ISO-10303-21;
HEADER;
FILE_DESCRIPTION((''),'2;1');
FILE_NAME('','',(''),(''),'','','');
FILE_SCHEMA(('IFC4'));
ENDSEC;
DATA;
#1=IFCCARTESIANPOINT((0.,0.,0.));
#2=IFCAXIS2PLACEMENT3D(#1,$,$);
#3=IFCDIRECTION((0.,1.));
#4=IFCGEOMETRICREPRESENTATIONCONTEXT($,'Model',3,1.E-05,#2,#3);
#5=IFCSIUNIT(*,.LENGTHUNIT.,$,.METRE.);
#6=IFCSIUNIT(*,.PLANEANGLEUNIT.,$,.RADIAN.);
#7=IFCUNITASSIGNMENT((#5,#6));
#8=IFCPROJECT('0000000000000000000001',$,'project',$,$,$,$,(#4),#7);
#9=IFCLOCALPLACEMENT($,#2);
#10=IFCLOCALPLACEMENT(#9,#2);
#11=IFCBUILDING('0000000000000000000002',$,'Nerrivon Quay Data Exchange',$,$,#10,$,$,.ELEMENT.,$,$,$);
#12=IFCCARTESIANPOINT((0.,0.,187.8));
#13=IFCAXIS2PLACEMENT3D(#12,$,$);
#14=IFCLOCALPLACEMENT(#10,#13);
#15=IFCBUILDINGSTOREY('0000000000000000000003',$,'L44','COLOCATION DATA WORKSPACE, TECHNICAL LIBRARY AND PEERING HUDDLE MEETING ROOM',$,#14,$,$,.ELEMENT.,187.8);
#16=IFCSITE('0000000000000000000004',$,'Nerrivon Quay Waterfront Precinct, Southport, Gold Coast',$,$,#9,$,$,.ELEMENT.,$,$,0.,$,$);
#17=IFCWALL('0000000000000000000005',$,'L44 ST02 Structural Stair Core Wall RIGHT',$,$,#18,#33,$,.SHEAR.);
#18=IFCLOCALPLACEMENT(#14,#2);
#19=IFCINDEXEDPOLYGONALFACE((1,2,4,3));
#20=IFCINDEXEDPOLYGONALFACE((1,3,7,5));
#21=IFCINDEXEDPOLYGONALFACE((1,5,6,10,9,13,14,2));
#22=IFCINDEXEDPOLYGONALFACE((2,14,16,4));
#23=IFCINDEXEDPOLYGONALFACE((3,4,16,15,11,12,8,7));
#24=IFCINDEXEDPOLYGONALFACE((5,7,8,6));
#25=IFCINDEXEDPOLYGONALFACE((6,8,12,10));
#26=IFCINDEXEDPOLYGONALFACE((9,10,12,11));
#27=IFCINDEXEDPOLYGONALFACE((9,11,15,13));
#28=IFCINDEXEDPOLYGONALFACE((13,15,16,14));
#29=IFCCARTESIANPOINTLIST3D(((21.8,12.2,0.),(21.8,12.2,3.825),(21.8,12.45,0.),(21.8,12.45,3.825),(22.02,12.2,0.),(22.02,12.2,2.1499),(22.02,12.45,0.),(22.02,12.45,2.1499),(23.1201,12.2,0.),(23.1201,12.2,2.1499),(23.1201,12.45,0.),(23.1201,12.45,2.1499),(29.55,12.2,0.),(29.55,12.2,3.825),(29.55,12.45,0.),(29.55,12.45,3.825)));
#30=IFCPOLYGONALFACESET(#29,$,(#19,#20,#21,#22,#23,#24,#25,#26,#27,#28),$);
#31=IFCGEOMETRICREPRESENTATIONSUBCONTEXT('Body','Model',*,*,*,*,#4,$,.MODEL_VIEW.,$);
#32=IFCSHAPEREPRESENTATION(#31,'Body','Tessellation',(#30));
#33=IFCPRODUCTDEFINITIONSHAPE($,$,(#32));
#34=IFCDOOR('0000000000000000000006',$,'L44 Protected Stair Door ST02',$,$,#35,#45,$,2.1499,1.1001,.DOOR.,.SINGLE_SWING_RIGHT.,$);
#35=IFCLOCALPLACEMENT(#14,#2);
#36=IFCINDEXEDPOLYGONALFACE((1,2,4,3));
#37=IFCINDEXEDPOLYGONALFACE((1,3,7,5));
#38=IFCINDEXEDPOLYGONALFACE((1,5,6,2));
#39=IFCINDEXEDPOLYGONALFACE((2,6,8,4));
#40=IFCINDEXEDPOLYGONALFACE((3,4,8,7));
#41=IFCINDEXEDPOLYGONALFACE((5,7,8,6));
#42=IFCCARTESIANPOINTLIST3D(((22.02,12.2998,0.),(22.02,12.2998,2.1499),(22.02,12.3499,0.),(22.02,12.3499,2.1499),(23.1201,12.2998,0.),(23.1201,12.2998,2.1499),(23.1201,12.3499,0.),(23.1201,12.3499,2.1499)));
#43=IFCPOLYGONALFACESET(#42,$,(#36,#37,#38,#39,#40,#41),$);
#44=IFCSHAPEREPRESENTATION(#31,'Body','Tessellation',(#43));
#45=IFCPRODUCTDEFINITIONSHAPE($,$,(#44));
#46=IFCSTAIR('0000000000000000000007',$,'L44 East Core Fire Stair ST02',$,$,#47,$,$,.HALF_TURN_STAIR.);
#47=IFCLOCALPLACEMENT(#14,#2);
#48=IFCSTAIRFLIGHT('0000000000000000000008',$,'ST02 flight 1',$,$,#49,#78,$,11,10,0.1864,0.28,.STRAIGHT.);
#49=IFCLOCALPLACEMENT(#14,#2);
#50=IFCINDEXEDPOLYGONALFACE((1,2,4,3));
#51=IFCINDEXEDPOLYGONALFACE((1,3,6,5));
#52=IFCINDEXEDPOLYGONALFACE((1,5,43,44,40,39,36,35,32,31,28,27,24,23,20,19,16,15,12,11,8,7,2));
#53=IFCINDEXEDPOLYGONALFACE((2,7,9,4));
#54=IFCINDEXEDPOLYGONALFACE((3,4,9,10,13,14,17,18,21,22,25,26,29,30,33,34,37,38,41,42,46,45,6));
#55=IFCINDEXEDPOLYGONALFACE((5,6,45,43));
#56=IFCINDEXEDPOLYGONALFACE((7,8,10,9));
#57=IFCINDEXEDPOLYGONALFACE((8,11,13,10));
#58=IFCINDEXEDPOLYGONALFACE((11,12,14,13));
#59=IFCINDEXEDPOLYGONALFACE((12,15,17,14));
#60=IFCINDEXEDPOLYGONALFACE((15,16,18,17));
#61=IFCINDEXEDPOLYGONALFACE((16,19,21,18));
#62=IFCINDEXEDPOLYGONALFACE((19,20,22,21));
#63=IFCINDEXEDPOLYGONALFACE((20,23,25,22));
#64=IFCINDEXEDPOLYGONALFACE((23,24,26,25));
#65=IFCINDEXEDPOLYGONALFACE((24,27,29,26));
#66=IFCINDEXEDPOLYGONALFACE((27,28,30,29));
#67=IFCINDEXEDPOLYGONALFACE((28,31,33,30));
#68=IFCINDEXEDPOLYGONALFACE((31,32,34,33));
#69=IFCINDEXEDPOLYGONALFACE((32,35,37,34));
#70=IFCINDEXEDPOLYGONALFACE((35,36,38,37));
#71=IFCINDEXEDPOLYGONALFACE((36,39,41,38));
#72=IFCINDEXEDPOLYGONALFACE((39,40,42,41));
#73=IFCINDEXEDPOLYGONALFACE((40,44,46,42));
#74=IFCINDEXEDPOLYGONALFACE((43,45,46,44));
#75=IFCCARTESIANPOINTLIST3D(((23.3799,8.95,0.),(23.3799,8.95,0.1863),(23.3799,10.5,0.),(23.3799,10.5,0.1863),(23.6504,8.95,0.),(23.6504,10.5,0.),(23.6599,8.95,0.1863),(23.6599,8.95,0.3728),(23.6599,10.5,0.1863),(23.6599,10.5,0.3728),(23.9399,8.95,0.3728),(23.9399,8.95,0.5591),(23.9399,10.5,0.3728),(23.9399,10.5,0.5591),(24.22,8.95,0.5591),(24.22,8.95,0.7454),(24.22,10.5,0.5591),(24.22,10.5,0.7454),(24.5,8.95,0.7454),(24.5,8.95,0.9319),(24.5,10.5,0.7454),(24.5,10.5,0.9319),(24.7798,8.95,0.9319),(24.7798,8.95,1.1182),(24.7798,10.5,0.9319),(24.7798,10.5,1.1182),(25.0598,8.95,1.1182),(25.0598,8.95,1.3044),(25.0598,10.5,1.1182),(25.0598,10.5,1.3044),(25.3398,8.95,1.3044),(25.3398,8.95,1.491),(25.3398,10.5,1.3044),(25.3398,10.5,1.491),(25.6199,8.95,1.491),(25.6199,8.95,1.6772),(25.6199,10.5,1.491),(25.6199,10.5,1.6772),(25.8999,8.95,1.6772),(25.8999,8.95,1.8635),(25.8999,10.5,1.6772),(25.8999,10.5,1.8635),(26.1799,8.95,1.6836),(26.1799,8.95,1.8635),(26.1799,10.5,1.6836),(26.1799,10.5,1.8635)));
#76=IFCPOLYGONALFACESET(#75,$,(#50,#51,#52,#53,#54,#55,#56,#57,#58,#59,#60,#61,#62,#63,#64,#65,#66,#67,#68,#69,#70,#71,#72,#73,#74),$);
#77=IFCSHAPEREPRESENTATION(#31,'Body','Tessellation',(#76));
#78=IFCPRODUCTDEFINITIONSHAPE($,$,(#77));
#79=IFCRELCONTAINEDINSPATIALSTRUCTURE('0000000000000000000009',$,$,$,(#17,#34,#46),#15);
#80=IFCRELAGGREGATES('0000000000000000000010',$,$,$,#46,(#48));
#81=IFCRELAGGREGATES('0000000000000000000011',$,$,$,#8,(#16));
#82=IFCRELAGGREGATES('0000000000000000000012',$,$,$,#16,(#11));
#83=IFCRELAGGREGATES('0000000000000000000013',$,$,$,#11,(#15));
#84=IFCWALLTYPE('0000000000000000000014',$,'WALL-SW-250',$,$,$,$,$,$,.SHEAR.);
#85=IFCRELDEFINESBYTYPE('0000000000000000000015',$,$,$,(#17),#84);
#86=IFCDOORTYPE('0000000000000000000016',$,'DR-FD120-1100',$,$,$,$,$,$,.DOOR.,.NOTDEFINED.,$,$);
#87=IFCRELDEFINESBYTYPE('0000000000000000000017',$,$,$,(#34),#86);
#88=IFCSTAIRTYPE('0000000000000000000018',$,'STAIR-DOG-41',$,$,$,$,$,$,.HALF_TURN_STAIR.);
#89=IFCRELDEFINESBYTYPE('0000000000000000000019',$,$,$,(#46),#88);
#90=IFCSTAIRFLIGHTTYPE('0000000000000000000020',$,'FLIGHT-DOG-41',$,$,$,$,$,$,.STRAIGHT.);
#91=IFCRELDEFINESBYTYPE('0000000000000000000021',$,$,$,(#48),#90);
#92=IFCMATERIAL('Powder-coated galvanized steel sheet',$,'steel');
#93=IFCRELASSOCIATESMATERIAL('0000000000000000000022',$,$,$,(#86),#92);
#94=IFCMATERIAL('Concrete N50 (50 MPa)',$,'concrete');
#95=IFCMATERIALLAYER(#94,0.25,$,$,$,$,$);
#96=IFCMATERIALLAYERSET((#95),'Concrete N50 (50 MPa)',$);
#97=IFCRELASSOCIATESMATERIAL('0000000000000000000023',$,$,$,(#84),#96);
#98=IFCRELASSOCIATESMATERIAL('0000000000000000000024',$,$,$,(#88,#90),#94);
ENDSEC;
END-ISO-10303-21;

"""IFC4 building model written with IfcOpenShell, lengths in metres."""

from ifc_helpers import new_model, si_unit, direction, frame, frame_2d, origin, place, context, subcontext, project, spatial, polyline, rectangle, outline, extrude, material, layer, layer_set, type_object, element, fill, aggregate, save


model = new_model("IFC4")

# Units and contexts
model_context = context("Model", 3, precision=1e-05, world=origin(), true_north=direction((0.0, 1.0)))
body_context = subcontext(model_context, "Body", "Model", "MODEL_VIEW")
ifc_project = project(units=[si_unit("LENGTHUNIT", "METRE"), si_unit("PLANEANGLEUNIT", "RADIAN")], contexts=[model_context])

# Site, building, storey
site_placement = place(None, origin())
site = spatial("IfcSite", under=ifc_project, at=site_placement, Name="Nerrivon Quay Waterfront Precinct, Southport, Gold Coast", CompositionType="ELEMENT", RefElevation=0.0)
building_placement = place(site_placement, origin())
building = spatial("IfcBuilding", under=site, at=building_placement, Name="Nerrivon Quay Data Exchange", CompositionType="ELEMENT")
storey_placement = place(building_placement, frame((0.0, 0.0, 187.8)))
storey = spatial("IfcBuildingStorey", under=building, at=storey_placement, Name="L44", Description="COLOCATION DATA WORKSPACE, TECHNICAL LIBRARY AND PEERING HUDDLE MEETING ROOM", CompositionType="ELEMENT", Elevation=187.8)

# Shared definitions
ifc_material_1 = material(Name="Concrete N50 (50 MPa)", Category="concrete")

# Shared definitions
ifc_material_2 = material(Name="Powder-coated galvanized steel sheet", Category="steel")
door_type_1 = type_object("IfcDoorType", Name="DR-FD120-1100", OperationType="NOTDEFINED", PredefinedType="DOOR", material=ifc_material_2)

# Shared definitions
ifc_layer_1 = layer(ifc_material_1, 0.25)
ifc_layer_set_1 = layer_set([ifc_layer_1], Name="Concrete N50 (50 MPa)")
wall_type_1 = type_object("IfcWallType", Name="WALL-SW-250", PredefinedType="SHEAR", material=ifc_layer_set_1)

# Wall, opening, door
wall_1_placement = place(storey_placement, frame((21.8, 12.325, 0.0), z_axis=(0.0, 0.0, 1.0), x_axis=(1.0, 0.0, 0.0)))
wall_1 = element("IfcWall", 1, at=wall_1_placement, inside=storey, type_object=wall_type_1, Name="L44 ST02 Structural Stair Core Wall RIGHT", PredefinedType="SHEAR", context=body_context, shape_type="SweptSolid", body=[
    extrude(rectangle(XDim=7.75, YDim=0.25, at=frame_2d((3.875, 0.0))), origin(), (0.0, 0.0, 1.0), 3.825),
])
opening_1_placement = place(wall_1_placement, frame((0.22, 0.0, 0.0)))
opening_1 = element("IfcOpeningElement", 2, at=opening_1_placement, cuts=wall_1, PredefinedType="OPENING", context=body_context, shape_type="SweptSolid", body=[
    extrude(rectangle(XDim=1.1001, YDim=2.1499, at=frame_2d((0.55, 1.075))), frame((0.0, 0.135, 0.0), z_axis=(0.0, -1.0, 0.0), x_axis=(1.0, 0.0, 0.0)), (0.0, 0.0, 1.0), 0.27),
])
door_1_placement = place(opening_1_placement, origin())
door_1 = element("IfcDoor", 3, at=door_1_placement, inside=storey, type_object=door_type_1, Name="L44 Protected Stair Door ST02", OperationType="SINGLE_SWING_RIGHT", OverallHeight=2.1499, OverallWidth=1.1001, PredefinedType="DOOR", context=body_context, shape_type="SweptSolid", body=[
    extrude(rectangle(XDim=1.1001, YDim=2.1499, at=frame_2d((0.55, 1.075))), frame((0.0, 0.0249, 0.0), z_axis=(0.0, -1.0, 0.0), x_axis=(1.0, 0.0, 0.0)), (0.0, 0.0, 1.0), 0.05),
])
fill(opening_1, door_1)

# Stair, stair flight
stair_type = type_object("IfcStairType", Name="STAIR-DOG-41", PredefinedType="HALF_TURN_STAIR", material=ifc_material_1)
stair_placement = place(storey_placement, origin())
stair = element("IfcStair", 4, at=stair_placement, inside=storey, type_object=stair_type, Name="L44 East Core Fire Stair ST02", PredefinedType="HALF_TURN_STAIR")
stair_flight_type = type_object("IfcStairFlightType", Name="FLIGHT-DOG-41", PredefinedType="STRAIGHT", material=ifc_material_1)
stair_flight_placement = place(storey_placement, frame((23.3799, 9.7251, 0.0), z_axis=(0.0, 0.0, 1.0), x_axis=(1.0, 0.0, 0.0)))
stair_flight = element("IfcStairFlight", 5, at=stair_flight_placement, type_object=stair_flight_type, Name="ST02 flight 1", NumberOfRisers=11, NumberOfTreads=10, PredefinedType="STRAIGHT", RiserHeight=0.1864, TreadLength=0.28, context=body_context, shape_type="SweptSolid", body=[
    extrude(outline(polyline([(0.0, 0.0), (0.0, 0.1863), (0.28, 0.1863), (0.28, 0.3728), (0.5601, 0.3728), (0.5601, 0.5591), (0.8401, 0.5591), (0.8401, 0.7454), (1.1201, 0.7454), (1.1201, 0.9319), (1.3999, 0.9319), (1.3999, 1.1182), (1.6799, 1.1182), (1.6799, 1.3044), (1.96, 1.3044), (1.96, 1.491), (2.24, 1.491), (2.24, 1.6772), (2.52, 1.6772), (2.52, 1.8635), (2.8, 1.8635), (2.8, 2.05), (2.8, 1.6836), (0.2705, 0.0), (0.0, 0.0)])), frame((0.0, 0.7749, 0.0), z_axis=(0.0, -1.0, 0.0), x_axis=(1.0, 0.0, 0.0)), (0.0, 0.0, 1.0), 1.55),
])
aggregate(stair, [stair_flight])

save(model, "model.ifc")
